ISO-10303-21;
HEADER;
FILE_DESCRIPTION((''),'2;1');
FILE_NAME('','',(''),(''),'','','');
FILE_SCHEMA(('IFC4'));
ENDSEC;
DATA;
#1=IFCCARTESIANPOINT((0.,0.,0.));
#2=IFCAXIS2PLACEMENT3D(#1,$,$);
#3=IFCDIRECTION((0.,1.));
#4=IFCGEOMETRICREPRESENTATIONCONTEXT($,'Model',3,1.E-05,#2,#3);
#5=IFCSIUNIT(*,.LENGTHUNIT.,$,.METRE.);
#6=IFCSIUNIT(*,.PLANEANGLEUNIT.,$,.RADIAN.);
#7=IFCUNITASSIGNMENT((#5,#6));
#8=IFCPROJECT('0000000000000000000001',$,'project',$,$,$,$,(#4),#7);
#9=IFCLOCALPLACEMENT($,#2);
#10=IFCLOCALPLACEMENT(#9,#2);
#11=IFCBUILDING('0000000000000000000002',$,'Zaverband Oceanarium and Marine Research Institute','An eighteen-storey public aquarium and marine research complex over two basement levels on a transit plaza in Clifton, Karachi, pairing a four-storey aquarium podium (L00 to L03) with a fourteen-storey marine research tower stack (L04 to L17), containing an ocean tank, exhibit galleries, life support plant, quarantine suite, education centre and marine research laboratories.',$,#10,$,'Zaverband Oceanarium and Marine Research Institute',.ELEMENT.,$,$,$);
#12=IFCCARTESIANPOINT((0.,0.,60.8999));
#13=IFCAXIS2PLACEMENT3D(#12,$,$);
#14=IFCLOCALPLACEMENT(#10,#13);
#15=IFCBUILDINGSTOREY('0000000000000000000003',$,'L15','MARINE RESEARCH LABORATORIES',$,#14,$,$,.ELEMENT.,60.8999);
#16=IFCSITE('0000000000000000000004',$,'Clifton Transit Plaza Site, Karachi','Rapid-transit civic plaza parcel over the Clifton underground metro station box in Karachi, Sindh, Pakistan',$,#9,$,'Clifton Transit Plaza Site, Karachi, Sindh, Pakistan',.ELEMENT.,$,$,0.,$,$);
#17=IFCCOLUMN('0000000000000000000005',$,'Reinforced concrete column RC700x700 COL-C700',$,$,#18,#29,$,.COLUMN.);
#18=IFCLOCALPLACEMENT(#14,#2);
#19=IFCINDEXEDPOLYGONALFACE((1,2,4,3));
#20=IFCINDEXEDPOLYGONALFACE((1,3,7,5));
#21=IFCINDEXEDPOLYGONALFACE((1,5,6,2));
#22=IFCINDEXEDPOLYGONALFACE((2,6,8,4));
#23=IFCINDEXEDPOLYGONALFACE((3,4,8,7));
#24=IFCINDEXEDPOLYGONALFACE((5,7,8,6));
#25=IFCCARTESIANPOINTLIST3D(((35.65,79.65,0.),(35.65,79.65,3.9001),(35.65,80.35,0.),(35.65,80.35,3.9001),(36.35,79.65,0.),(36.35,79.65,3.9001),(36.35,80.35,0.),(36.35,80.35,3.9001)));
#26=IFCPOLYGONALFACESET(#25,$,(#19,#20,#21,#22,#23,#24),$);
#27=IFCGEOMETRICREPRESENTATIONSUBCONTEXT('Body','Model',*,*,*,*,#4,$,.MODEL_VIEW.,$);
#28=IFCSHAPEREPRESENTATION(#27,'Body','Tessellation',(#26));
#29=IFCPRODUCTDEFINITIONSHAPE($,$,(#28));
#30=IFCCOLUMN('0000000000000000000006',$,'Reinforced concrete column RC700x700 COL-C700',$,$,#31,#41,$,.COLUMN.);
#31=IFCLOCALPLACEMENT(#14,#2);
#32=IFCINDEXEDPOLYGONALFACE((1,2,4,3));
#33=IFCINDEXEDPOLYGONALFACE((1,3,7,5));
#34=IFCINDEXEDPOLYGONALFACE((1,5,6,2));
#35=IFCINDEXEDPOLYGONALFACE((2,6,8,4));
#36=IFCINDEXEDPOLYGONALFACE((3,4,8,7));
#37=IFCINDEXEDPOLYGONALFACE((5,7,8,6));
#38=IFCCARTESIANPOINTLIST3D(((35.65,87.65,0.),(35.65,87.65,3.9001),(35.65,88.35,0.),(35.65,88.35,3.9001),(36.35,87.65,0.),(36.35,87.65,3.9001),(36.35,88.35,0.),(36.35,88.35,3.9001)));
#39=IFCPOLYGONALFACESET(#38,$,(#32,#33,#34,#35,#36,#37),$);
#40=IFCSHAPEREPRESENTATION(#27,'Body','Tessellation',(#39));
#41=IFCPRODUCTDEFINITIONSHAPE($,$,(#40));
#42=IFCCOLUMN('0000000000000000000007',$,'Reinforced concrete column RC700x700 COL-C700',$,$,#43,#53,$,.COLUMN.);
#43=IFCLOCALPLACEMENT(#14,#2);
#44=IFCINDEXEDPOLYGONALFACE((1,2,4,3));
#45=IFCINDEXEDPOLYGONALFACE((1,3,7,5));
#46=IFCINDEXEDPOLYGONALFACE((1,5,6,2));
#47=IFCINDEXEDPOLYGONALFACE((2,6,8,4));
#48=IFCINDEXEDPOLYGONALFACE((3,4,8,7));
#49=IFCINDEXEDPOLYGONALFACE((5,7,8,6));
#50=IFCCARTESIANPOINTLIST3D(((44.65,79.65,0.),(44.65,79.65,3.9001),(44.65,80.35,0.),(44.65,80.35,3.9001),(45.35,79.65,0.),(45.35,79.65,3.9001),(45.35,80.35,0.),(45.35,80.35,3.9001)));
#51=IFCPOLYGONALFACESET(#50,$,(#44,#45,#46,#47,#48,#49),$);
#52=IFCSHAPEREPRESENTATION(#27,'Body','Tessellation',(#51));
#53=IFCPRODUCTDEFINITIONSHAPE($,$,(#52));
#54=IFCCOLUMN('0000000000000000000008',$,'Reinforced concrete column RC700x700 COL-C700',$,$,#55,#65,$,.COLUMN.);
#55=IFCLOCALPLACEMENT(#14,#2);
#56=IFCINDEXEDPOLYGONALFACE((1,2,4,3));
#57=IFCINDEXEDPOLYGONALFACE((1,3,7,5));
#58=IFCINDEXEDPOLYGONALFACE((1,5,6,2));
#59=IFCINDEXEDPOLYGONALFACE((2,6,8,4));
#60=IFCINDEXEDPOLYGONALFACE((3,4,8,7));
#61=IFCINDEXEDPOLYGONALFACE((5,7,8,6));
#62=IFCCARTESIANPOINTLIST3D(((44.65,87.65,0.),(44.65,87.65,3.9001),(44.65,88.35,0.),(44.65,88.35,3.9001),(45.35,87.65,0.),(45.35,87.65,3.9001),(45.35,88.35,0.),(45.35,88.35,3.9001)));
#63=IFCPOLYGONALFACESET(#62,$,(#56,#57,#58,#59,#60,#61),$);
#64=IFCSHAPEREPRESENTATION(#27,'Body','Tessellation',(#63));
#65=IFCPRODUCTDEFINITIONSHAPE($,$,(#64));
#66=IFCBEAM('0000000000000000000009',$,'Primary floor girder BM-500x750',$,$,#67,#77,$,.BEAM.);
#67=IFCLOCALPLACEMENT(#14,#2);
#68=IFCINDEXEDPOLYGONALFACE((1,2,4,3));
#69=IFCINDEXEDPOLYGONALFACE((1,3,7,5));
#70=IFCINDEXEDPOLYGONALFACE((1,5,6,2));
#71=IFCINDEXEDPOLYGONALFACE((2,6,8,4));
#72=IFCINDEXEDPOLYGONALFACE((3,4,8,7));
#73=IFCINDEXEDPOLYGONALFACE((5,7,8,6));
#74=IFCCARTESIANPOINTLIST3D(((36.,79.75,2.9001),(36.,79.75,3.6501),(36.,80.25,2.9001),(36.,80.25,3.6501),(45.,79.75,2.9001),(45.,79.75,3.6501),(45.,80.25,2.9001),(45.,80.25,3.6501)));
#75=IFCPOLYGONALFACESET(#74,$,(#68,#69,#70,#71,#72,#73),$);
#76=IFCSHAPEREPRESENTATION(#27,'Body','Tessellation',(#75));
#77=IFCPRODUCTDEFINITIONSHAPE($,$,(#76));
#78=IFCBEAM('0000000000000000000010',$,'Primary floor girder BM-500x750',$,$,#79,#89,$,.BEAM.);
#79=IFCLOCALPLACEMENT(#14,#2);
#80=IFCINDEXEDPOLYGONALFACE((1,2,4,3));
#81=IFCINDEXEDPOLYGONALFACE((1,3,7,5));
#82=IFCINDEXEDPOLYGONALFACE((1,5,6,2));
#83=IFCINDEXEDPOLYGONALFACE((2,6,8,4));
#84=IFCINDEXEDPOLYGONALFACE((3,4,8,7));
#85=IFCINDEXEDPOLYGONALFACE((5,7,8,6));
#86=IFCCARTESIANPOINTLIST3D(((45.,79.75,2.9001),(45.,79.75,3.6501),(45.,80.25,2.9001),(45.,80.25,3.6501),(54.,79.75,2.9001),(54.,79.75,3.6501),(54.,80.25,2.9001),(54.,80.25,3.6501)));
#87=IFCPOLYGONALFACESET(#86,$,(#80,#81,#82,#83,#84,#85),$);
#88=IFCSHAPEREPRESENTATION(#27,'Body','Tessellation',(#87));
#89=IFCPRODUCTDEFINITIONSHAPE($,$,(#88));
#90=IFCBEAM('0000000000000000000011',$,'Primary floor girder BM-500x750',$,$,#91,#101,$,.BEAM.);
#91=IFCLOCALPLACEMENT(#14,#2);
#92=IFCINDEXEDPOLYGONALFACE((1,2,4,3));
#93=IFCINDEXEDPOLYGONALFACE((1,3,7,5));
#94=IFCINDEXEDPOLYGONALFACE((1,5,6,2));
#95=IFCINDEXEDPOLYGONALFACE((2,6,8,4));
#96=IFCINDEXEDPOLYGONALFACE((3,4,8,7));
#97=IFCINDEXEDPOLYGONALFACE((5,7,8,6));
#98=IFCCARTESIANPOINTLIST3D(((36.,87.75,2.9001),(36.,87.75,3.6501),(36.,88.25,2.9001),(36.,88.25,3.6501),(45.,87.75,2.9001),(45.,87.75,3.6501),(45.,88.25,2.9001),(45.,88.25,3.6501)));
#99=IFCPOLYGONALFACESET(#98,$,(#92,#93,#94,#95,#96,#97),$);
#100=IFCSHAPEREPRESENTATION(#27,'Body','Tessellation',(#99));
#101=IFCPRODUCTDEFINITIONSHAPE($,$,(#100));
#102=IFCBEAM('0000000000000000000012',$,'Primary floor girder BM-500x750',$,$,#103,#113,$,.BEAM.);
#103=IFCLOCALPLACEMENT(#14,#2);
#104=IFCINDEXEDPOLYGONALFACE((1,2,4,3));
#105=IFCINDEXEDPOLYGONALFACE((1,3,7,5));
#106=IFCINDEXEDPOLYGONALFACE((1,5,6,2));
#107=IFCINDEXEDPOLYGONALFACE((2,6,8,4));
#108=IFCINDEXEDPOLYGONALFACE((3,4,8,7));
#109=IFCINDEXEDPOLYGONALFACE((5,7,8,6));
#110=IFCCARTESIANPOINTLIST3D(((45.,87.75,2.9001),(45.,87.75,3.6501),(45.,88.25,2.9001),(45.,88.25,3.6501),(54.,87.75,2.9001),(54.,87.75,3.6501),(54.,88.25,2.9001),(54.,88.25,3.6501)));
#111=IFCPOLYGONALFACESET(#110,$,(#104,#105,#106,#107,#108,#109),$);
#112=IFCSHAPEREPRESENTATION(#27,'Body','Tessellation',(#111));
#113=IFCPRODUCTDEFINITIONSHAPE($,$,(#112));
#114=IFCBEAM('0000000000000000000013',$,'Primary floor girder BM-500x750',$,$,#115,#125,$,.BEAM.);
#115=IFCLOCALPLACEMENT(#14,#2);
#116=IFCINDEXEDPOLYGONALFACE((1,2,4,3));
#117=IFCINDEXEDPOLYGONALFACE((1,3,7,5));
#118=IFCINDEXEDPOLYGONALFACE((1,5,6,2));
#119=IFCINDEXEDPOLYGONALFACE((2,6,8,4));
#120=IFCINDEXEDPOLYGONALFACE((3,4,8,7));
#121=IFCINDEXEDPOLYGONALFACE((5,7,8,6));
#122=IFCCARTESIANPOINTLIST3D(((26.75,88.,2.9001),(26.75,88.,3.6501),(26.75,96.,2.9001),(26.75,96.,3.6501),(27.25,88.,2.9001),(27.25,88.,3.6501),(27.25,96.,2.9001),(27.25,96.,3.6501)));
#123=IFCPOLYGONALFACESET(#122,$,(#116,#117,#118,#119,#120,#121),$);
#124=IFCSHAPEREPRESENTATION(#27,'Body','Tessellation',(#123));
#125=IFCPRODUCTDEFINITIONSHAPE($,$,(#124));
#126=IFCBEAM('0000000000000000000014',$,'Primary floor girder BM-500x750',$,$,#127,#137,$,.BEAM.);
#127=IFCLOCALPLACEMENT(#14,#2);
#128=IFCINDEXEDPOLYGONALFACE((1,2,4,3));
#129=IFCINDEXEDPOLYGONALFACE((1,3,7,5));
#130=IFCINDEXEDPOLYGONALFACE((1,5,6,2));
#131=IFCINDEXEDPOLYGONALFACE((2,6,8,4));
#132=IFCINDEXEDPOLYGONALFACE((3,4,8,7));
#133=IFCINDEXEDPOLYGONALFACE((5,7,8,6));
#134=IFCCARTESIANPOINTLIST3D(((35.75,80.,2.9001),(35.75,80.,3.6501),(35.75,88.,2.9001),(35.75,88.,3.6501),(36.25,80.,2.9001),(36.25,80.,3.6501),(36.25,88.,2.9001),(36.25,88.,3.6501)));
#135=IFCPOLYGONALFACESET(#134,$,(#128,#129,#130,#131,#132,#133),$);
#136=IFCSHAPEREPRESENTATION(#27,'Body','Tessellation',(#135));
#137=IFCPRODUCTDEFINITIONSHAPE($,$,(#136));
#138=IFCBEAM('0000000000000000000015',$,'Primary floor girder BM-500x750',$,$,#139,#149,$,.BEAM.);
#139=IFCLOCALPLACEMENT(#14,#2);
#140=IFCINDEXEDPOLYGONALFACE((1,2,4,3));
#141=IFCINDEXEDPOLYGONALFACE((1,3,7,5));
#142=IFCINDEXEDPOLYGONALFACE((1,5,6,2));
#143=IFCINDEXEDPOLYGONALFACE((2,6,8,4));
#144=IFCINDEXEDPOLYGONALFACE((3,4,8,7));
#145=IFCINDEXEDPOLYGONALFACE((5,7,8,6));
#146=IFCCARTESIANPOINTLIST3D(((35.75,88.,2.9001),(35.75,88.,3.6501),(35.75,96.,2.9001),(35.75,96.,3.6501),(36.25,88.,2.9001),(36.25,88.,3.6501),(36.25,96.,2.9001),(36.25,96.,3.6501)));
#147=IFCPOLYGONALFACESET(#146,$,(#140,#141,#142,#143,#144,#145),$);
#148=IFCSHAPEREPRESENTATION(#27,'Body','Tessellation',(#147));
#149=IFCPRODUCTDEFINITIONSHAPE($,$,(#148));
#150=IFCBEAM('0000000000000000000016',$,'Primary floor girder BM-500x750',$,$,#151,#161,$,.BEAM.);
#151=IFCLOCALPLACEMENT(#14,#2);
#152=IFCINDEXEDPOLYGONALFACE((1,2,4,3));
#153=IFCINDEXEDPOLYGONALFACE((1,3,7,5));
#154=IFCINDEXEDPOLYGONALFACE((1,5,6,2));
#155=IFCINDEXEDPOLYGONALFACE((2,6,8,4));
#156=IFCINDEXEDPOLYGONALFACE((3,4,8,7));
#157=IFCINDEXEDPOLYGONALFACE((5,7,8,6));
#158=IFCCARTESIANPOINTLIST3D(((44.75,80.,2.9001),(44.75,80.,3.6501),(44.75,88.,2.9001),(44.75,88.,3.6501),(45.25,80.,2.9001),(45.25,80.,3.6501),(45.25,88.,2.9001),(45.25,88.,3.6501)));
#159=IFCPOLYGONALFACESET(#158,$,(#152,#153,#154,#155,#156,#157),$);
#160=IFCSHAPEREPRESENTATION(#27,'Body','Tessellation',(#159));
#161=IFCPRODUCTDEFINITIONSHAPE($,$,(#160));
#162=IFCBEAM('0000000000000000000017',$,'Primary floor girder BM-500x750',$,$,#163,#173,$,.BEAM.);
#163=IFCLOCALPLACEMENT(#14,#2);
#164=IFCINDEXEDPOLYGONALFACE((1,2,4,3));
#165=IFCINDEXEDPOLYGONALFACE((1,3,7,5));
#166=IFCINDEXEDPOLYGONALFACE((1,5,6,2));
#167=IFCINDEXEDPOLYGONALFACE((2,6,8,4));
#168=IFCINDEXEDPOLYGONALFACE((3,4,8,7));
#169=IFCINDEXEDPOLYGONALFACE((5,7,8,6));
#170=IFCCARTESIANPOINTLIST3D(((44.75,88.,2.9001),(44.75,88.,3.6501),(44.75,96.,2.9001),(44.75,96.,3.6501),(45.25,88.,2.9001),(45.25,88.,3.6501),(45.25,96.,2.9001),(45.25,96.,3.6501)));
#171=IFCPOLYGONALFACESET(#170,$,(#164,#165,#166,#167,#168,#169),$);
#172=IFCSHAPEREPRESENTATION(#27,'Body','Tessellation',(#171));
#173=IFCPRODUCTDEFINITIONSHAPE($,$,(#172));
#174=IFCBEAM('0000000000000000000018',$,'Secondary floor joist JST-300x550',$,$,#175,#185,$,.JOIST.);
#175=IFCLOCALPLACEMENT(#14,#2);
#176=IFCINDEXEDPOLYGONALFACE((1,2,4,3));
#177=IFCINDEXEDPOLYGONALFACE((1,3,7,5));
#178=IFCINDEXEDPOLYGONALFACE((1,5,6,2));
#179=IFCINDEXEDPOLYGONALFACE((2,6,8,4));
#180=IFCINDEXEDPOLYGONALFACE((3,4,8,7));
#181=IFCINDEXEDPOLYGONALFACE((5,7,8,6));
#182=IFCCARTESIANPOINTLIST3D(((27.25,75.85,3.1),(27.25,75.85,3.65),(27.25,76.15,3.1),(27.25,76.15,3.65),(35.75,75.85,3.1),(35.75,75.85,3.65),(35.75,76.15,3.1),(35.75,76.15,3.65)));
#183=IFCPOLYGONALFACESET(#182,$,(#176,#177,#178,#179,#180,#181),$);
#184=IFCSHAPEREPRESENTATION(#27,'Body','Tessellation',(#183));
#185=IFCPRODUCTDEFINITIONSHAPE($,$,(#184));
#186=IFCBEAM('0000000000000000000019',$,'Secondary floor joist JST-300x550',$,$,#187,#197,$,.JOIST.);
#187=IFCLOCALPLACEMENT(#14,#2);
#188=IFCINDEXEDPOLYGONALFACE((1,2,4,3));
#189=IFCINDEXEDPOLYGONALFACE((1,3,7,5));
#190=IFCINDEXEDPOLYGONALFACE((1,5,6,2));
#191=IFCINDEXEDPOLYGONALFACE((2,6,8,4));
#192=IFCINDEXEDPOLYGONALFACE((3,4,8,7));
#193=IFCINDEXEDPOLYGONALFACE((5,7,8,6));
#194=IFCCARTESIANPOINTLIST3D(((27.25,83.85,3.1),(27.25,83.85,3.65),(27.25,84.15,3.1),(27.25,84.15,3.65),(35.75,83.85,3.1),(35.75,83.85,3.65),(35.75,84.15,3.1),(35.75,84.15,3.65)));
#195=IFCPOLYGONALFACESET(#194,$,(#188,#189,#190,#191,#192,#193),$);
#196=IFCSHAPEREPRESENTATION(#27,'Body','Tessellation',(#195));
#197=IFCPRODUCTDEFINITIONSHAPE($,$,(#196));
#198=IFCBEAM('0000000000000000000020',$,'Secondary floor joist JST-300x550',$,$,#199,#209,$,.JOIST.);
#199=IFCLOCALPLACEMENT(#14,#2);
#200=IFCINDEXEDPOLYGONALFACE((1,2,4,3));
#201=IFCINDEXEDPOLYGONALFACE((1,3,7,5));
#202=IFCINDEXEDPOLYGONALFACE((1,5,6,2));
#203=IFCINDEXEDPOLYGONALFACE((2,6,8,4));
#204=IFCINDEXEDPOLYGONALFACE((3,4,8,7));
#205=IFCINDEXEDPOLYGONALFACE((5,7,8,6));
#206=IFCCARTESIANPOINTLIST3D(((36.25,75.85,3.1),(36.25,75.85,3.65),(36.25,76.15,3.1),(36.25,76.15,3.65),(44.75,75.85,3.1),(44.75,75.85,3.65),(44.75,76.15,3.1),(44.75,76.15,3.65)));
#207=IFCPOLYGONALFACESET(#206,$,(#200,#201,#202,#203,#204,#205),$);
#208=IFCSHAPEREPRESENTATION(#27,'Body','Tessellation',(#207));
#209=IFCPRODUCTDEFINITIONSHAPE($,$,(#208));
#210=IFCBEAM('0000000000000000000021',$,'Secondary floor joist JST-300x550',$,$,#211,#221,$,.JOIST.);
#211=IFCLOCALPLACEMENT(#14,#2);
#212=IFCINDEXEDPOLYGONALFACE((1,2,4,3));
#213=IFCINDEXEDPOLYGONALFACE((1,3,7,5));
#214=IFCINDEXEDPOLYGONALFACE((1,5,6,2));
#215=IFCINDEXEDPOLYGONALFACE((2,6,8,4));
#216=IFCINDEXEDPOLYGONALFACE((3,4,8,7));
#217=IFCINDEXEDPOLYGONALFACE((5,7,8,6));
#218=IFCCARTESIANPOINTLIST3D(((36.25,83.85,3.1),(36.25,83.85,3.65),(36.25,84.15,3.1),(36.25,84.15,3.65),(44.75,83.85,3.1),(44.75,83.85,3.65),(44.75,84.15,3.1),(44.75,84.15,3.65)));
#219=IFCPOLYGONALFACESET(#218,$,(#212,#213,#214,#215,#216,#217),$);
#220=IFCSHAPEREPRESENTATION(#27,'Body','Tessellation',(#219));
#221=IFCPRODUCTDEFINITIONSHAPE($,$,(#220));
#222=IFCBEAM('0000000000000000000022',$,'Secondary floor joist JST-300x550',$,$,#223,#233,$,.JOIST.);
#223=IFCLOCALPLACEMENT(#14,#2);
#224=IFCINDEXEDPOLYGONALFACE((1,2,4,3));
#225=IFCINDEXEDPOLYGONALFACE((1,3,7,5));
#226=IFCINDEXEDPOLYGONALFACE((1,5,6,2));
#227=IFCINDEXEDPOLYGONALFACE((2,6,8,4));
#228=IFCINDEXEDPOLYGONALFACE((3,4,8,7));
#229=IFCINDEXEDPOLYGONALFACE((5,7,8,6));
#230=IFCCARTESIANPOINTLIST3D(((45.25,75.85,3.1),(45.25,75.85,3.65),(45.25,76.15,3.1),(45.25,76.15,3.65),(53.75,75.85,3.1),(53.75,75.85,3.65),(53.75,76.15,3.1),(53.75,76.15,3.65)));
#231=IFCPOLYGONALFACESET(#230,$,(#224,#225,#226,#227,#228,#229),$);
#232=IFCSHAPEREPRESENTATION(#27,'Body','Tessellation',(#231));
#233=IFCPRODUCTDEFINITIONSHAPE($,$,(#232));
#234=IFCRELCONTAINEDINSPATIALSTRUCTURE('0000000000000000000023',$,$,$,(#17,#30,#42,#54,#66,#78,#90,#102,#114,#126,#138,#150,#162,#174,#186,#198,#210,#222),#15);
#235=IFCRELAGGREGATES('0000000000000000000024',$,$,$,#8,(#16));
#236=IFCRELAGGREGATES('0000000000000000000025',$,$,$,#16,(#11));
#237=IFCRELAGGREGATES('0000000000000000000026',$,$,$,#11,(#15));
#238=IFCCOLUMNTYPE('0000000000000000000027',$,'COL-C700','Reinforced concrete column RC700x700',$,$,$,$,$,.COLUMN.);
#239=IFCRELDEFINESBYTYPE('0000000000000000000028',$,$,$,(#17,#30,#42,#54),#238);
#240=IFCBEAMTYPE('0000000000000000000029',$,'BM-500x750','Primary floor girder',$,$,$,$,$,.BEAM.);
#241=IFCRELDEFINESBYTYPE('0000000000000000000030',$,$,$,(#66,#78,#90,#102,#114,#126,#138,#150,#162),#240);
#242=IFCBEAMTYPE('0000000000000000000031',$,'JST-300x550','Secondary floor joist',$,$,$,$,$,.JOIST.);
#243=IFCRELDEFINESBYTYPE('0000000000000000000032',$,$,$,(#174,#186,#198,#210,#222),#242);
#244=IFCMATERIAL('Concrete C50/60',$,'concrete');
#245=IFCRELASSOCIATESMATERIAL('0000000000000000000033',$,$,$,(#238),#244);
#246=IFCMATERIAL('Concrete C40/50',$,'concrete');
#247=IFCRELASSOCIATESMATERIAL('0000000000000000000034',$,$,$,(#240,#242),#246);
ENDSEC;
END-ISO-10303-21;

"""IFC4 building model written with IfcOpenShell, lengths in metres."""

from ifc_helpers import new_model, si_unit, direction, frame, origin, origin_2d, place, context, subcontext, project, spatial, rectangle, extrude, material, material_profile, profile_set, type_object, element, save


model = new_model("IFC4")

# Units and contexts
model_context = context("Model", 3, precision=1e-05, world=origin(), true_north=direction((0.0, 1.0)))
body_context = subcontext(model_context, "Body", "Model", "MODEL_VIEW")
ifc_project = project(units=[si_unit("LENGTHUNIT", "METRE"), si_unit("PLANEANGLEUNIT", "RADIAN")], contexts=[model_context])

# Site, building, storey
site_placement = place(None, origin())
site = spatial("IfcSite", under=ifc_project, at=site_placement, Name="Clifton Transit Plaza Site, Karachi", Description="Rapid-transit civic plaza parcel over the Clifton underground metro station box in Karachi, Sindh, Pakistan", LongName="Clifton Transit Plaza Site, Karachi, Sindh, Pakistan", CompositionType="ELEMENT", RefElevation=0.0)
building_placement = place(site_placement, origin())
building = spatial("IfcBuilding", under=site, at=building_placement, Name="Zaverband Oceanarium and Marine Research Institute", Description="An eighteen-storey public aquarium and marine research complex over two basement levels on a transit plaza in Clifton, Karachi, pairing a four-storey aquarium podium (L00 to L03) with a fourteen-storey marine research tower stack (L04 to L17), containing an ocean tank, exhibit galleries, life support plant, quarantine suite, education centre and marine research laboratories.", LongName="Zaverband Oceanarium and Marine Research Institute", CompositionType="ELEMENT")
storey_placement = place(building_placement, frame((0.0, 0.0, 60.8999)))
storey = spatial("IfcBuildingStorey", under=building, at=storey_placement, Name="L15", Description="MARINE RESEARCH LABORATORIES", CompositionType="ELEMENT", Elevation=60.8999)

# Columns
ifc_material_1 = material(Name="Concrete C50/60", Category="concrete")
ifc_material_profile_1 = material_profile(ifc_material_1, rectangle(XDim=0.7, YDim=0.7, at=origin_2d()), Name="RC700x700")
ifc_profile_set_1 = profile_set([ifc_material_profile_1], Name="Concrete C50/60")
column_type = type_object("IfcColumnType", Name="COL-C700", Description="Reinforced concrete column RC700x700", PredefinedType="COLUMN", material=ifc_profile_set_1)
for number, where, z_axis, x_axis, name in (
    (1, (36.0, 80.0, 0.0), (0.0, 0.0, 1.0), (1.0, 0.0, 0.0), "Reinforced concrete column RC700x700 COL-C700"),
    (2, (36.0, 88.0, 0.0), (0.0, 0.0, 1.0), (1.0, 0.0, 0.0), "Reinforced concrete column RC700x700 COL-C700"),
    (3, (45.0, 80.0, 0.0), (0.0, 0.0, 1.0), (1.0, 0.0, 0.0), "Reinforced concrete column RC700x700 COL-C700"),
    (4, (45.0, 88.0, 0.0), (0.0, 0.0, 1.0), (1.0, 0.0, 0.0), "Reinforced concrete column RC700x700 COL-C700"),
):
    element("IfcColumn", number, at=place(storey_placement, frame(where, z_axis=z_axis, x_axis=x_axis)), inside=storey, type_object=column_type, Name=name, PredefinedType="COLUMN", context=body_context, shape_type="SweptSolid", body=[
        extrude(rectangle(XDim=0.7, YDim=0.7, at=origin_2d()), origin(), (0.0, 0.0, 1.0), 3.9001),
    ])

# Beams
ifc_material_2 = material(Name="Concrete C40/50", Category="concrete")
ifc_material_profile_2 = material_profile(ifc_material_2, rectangle(XDim=0.5, YDim=0.75, at=origin_2d()), Name="RC500x750")
ifc_profile_set_2 = profile_set([ifc_material_profile_2], Name="Concrete C40/50")
beam_type_1 = type_object("IfcBeamType", Name="BM-500x750", Description="Primary floor girder", PredefinedType="BEAM", material=ifc_profile_set_2)
for number, where, z_axis, x_axis, name in (
    (5, (36.0, 80.0, 3.2751), (1.0, 0.0, 0.0), (0.0, 1.0, 0.0), "Primary floor girder BM-500x750"),
    (6, (45.0, 80.0, 3.2751), (1.0, 0.0, 0.0), (0.0, 1.0, 0.0), "Primary floor girder BM-500x750"),
    (7, (36.0, 88.0, 3.2751), (1.0, 0.0, 0.0), (0.0, 1.0, 0.0), "Primary floor girder BM-500x750"),
    (8, (45.0, 88.0, 3.2751), (1.0, 0.0, 0.0), (0.0, 1.0, 0.0), "Primary floor girder BM-500x750"),
):
    element("IfcBeam", number, at=place(storey_placement, frame(where, z_axis=z_axis, x_axis=x_axis)), inside=storey, type_object=beam_type_1, Name=name, PredefinedType="BEAM", context=body_context, shape_type="SweptSolid", body=[
        extrude(rectangle(XDim=0.5, YDim=0.75, at=origin_2d()), origin(), (0.0, 0.0, 1.0), 9.0),
    ])
for number, where, z_axis, x_axis, name in (
    (9, (27.0, 88.0, 3.2751), (0.0, 1.0, 0.0), (-1.0, 0.0, 0.0), "Primary floor girder BM-500x750"),
    (10, (36.0, 80.0, 3.2751), (0.0, 1.0, 0.0), (-1.0, 0.0, 0.0), "Primary floor girder BM-500x750"),
    (11, (36.0, 88.0, 3.2751), (0.0, 1.0, 0.0), (-1.0, 0.0, 0.0), "Primary floor girder BM-500x750"),
    (12, (45.0, 80.0, 3.2751), (0.0, 1.0, 0.0), (-1.0, 0.0, 0.0), "Primary floor girder BM-500x750"),
    (13, (45.0, 88.0, 3.2751), (0.0, 1.0, 0.0), (-1.0, 0.0, 0.0), "Primary floor girder BM-500x750"),
):
    element("IfcBeam", number, at=place(storey_placement, frame(where, z_axis=z_axis, x_axis=x_axis)), inside=storey, type_object=beam_type_1, Name=name, PredefinedType="BEAM", context=body_context, shape_type="SweptSolid", body=[
        extrude(rectangle(XDim=0.5, YDim=0.75, at=origin_2d()), origin(), (0.0, 0.0, 1.0), 8.0),
    ])
ifc_material_profile_3 = material_profile(ifc_material_2, rectangle(XDim=0.3, YDim=0.55, at=origin_2d()), Name="RC300x550")
ifc_profile_set_3 = profile_set([ifc_material_profile_3], Name="Concrete C40/50")
beam_type_2 = type_object("IfcBeamType", Name="JST-300x550", Description="Secondary floor joist", PredefinedType="JOIST", material=ifc_profile_set_3)
for number, where, z_axis, x_axis, name in (
    (14, (27.25, 76.0, 3.375), (1.0, 0.0, 0.0), (0.0, 1.0, 0.0), "Secondary floor joist JST-300x550"),
    (15, (27.25, 84.0, 3.375), (1.0, 0.0, 0.0), (0.0, 1.0, 0.0), "Secondary floor joist JST-300x550"),
    (16, (36.25, 76.0, 3.375), (1.0, 0.0, 0.0), (0.0, 1.0, 0.0), "Secondary floor joist JST-300x550"),
    (17, (36.25, 84.0, 3.375), (1.0, 0.0, 0.0), (0.0, 1.0, 0.0), "Secondary floor joist JST-300x550"),
    (18, (45.25, 76.0, 3.375), (1.0, 0.0, 0.0), (0.0, 1.0, 0.0), "Secondary floor joist JST-300x550"),
):
    element("IfcBeam", number, at=place(storey_placement, frame(where, z_axis=z_axis, x_axis=x_axis)), inside=storey, type_object=beam_type_2, Name=name, PredefinedType="JOIST", context=body_context, shape_type="SweptSolid", body=[
        extrude(rectangle(XDim=0.3, YDim=0.55, at=origin_2d()), origin(), (0.0, 0.0, 1.0), 8.5),
    ])

save(model, "model.ifc")
